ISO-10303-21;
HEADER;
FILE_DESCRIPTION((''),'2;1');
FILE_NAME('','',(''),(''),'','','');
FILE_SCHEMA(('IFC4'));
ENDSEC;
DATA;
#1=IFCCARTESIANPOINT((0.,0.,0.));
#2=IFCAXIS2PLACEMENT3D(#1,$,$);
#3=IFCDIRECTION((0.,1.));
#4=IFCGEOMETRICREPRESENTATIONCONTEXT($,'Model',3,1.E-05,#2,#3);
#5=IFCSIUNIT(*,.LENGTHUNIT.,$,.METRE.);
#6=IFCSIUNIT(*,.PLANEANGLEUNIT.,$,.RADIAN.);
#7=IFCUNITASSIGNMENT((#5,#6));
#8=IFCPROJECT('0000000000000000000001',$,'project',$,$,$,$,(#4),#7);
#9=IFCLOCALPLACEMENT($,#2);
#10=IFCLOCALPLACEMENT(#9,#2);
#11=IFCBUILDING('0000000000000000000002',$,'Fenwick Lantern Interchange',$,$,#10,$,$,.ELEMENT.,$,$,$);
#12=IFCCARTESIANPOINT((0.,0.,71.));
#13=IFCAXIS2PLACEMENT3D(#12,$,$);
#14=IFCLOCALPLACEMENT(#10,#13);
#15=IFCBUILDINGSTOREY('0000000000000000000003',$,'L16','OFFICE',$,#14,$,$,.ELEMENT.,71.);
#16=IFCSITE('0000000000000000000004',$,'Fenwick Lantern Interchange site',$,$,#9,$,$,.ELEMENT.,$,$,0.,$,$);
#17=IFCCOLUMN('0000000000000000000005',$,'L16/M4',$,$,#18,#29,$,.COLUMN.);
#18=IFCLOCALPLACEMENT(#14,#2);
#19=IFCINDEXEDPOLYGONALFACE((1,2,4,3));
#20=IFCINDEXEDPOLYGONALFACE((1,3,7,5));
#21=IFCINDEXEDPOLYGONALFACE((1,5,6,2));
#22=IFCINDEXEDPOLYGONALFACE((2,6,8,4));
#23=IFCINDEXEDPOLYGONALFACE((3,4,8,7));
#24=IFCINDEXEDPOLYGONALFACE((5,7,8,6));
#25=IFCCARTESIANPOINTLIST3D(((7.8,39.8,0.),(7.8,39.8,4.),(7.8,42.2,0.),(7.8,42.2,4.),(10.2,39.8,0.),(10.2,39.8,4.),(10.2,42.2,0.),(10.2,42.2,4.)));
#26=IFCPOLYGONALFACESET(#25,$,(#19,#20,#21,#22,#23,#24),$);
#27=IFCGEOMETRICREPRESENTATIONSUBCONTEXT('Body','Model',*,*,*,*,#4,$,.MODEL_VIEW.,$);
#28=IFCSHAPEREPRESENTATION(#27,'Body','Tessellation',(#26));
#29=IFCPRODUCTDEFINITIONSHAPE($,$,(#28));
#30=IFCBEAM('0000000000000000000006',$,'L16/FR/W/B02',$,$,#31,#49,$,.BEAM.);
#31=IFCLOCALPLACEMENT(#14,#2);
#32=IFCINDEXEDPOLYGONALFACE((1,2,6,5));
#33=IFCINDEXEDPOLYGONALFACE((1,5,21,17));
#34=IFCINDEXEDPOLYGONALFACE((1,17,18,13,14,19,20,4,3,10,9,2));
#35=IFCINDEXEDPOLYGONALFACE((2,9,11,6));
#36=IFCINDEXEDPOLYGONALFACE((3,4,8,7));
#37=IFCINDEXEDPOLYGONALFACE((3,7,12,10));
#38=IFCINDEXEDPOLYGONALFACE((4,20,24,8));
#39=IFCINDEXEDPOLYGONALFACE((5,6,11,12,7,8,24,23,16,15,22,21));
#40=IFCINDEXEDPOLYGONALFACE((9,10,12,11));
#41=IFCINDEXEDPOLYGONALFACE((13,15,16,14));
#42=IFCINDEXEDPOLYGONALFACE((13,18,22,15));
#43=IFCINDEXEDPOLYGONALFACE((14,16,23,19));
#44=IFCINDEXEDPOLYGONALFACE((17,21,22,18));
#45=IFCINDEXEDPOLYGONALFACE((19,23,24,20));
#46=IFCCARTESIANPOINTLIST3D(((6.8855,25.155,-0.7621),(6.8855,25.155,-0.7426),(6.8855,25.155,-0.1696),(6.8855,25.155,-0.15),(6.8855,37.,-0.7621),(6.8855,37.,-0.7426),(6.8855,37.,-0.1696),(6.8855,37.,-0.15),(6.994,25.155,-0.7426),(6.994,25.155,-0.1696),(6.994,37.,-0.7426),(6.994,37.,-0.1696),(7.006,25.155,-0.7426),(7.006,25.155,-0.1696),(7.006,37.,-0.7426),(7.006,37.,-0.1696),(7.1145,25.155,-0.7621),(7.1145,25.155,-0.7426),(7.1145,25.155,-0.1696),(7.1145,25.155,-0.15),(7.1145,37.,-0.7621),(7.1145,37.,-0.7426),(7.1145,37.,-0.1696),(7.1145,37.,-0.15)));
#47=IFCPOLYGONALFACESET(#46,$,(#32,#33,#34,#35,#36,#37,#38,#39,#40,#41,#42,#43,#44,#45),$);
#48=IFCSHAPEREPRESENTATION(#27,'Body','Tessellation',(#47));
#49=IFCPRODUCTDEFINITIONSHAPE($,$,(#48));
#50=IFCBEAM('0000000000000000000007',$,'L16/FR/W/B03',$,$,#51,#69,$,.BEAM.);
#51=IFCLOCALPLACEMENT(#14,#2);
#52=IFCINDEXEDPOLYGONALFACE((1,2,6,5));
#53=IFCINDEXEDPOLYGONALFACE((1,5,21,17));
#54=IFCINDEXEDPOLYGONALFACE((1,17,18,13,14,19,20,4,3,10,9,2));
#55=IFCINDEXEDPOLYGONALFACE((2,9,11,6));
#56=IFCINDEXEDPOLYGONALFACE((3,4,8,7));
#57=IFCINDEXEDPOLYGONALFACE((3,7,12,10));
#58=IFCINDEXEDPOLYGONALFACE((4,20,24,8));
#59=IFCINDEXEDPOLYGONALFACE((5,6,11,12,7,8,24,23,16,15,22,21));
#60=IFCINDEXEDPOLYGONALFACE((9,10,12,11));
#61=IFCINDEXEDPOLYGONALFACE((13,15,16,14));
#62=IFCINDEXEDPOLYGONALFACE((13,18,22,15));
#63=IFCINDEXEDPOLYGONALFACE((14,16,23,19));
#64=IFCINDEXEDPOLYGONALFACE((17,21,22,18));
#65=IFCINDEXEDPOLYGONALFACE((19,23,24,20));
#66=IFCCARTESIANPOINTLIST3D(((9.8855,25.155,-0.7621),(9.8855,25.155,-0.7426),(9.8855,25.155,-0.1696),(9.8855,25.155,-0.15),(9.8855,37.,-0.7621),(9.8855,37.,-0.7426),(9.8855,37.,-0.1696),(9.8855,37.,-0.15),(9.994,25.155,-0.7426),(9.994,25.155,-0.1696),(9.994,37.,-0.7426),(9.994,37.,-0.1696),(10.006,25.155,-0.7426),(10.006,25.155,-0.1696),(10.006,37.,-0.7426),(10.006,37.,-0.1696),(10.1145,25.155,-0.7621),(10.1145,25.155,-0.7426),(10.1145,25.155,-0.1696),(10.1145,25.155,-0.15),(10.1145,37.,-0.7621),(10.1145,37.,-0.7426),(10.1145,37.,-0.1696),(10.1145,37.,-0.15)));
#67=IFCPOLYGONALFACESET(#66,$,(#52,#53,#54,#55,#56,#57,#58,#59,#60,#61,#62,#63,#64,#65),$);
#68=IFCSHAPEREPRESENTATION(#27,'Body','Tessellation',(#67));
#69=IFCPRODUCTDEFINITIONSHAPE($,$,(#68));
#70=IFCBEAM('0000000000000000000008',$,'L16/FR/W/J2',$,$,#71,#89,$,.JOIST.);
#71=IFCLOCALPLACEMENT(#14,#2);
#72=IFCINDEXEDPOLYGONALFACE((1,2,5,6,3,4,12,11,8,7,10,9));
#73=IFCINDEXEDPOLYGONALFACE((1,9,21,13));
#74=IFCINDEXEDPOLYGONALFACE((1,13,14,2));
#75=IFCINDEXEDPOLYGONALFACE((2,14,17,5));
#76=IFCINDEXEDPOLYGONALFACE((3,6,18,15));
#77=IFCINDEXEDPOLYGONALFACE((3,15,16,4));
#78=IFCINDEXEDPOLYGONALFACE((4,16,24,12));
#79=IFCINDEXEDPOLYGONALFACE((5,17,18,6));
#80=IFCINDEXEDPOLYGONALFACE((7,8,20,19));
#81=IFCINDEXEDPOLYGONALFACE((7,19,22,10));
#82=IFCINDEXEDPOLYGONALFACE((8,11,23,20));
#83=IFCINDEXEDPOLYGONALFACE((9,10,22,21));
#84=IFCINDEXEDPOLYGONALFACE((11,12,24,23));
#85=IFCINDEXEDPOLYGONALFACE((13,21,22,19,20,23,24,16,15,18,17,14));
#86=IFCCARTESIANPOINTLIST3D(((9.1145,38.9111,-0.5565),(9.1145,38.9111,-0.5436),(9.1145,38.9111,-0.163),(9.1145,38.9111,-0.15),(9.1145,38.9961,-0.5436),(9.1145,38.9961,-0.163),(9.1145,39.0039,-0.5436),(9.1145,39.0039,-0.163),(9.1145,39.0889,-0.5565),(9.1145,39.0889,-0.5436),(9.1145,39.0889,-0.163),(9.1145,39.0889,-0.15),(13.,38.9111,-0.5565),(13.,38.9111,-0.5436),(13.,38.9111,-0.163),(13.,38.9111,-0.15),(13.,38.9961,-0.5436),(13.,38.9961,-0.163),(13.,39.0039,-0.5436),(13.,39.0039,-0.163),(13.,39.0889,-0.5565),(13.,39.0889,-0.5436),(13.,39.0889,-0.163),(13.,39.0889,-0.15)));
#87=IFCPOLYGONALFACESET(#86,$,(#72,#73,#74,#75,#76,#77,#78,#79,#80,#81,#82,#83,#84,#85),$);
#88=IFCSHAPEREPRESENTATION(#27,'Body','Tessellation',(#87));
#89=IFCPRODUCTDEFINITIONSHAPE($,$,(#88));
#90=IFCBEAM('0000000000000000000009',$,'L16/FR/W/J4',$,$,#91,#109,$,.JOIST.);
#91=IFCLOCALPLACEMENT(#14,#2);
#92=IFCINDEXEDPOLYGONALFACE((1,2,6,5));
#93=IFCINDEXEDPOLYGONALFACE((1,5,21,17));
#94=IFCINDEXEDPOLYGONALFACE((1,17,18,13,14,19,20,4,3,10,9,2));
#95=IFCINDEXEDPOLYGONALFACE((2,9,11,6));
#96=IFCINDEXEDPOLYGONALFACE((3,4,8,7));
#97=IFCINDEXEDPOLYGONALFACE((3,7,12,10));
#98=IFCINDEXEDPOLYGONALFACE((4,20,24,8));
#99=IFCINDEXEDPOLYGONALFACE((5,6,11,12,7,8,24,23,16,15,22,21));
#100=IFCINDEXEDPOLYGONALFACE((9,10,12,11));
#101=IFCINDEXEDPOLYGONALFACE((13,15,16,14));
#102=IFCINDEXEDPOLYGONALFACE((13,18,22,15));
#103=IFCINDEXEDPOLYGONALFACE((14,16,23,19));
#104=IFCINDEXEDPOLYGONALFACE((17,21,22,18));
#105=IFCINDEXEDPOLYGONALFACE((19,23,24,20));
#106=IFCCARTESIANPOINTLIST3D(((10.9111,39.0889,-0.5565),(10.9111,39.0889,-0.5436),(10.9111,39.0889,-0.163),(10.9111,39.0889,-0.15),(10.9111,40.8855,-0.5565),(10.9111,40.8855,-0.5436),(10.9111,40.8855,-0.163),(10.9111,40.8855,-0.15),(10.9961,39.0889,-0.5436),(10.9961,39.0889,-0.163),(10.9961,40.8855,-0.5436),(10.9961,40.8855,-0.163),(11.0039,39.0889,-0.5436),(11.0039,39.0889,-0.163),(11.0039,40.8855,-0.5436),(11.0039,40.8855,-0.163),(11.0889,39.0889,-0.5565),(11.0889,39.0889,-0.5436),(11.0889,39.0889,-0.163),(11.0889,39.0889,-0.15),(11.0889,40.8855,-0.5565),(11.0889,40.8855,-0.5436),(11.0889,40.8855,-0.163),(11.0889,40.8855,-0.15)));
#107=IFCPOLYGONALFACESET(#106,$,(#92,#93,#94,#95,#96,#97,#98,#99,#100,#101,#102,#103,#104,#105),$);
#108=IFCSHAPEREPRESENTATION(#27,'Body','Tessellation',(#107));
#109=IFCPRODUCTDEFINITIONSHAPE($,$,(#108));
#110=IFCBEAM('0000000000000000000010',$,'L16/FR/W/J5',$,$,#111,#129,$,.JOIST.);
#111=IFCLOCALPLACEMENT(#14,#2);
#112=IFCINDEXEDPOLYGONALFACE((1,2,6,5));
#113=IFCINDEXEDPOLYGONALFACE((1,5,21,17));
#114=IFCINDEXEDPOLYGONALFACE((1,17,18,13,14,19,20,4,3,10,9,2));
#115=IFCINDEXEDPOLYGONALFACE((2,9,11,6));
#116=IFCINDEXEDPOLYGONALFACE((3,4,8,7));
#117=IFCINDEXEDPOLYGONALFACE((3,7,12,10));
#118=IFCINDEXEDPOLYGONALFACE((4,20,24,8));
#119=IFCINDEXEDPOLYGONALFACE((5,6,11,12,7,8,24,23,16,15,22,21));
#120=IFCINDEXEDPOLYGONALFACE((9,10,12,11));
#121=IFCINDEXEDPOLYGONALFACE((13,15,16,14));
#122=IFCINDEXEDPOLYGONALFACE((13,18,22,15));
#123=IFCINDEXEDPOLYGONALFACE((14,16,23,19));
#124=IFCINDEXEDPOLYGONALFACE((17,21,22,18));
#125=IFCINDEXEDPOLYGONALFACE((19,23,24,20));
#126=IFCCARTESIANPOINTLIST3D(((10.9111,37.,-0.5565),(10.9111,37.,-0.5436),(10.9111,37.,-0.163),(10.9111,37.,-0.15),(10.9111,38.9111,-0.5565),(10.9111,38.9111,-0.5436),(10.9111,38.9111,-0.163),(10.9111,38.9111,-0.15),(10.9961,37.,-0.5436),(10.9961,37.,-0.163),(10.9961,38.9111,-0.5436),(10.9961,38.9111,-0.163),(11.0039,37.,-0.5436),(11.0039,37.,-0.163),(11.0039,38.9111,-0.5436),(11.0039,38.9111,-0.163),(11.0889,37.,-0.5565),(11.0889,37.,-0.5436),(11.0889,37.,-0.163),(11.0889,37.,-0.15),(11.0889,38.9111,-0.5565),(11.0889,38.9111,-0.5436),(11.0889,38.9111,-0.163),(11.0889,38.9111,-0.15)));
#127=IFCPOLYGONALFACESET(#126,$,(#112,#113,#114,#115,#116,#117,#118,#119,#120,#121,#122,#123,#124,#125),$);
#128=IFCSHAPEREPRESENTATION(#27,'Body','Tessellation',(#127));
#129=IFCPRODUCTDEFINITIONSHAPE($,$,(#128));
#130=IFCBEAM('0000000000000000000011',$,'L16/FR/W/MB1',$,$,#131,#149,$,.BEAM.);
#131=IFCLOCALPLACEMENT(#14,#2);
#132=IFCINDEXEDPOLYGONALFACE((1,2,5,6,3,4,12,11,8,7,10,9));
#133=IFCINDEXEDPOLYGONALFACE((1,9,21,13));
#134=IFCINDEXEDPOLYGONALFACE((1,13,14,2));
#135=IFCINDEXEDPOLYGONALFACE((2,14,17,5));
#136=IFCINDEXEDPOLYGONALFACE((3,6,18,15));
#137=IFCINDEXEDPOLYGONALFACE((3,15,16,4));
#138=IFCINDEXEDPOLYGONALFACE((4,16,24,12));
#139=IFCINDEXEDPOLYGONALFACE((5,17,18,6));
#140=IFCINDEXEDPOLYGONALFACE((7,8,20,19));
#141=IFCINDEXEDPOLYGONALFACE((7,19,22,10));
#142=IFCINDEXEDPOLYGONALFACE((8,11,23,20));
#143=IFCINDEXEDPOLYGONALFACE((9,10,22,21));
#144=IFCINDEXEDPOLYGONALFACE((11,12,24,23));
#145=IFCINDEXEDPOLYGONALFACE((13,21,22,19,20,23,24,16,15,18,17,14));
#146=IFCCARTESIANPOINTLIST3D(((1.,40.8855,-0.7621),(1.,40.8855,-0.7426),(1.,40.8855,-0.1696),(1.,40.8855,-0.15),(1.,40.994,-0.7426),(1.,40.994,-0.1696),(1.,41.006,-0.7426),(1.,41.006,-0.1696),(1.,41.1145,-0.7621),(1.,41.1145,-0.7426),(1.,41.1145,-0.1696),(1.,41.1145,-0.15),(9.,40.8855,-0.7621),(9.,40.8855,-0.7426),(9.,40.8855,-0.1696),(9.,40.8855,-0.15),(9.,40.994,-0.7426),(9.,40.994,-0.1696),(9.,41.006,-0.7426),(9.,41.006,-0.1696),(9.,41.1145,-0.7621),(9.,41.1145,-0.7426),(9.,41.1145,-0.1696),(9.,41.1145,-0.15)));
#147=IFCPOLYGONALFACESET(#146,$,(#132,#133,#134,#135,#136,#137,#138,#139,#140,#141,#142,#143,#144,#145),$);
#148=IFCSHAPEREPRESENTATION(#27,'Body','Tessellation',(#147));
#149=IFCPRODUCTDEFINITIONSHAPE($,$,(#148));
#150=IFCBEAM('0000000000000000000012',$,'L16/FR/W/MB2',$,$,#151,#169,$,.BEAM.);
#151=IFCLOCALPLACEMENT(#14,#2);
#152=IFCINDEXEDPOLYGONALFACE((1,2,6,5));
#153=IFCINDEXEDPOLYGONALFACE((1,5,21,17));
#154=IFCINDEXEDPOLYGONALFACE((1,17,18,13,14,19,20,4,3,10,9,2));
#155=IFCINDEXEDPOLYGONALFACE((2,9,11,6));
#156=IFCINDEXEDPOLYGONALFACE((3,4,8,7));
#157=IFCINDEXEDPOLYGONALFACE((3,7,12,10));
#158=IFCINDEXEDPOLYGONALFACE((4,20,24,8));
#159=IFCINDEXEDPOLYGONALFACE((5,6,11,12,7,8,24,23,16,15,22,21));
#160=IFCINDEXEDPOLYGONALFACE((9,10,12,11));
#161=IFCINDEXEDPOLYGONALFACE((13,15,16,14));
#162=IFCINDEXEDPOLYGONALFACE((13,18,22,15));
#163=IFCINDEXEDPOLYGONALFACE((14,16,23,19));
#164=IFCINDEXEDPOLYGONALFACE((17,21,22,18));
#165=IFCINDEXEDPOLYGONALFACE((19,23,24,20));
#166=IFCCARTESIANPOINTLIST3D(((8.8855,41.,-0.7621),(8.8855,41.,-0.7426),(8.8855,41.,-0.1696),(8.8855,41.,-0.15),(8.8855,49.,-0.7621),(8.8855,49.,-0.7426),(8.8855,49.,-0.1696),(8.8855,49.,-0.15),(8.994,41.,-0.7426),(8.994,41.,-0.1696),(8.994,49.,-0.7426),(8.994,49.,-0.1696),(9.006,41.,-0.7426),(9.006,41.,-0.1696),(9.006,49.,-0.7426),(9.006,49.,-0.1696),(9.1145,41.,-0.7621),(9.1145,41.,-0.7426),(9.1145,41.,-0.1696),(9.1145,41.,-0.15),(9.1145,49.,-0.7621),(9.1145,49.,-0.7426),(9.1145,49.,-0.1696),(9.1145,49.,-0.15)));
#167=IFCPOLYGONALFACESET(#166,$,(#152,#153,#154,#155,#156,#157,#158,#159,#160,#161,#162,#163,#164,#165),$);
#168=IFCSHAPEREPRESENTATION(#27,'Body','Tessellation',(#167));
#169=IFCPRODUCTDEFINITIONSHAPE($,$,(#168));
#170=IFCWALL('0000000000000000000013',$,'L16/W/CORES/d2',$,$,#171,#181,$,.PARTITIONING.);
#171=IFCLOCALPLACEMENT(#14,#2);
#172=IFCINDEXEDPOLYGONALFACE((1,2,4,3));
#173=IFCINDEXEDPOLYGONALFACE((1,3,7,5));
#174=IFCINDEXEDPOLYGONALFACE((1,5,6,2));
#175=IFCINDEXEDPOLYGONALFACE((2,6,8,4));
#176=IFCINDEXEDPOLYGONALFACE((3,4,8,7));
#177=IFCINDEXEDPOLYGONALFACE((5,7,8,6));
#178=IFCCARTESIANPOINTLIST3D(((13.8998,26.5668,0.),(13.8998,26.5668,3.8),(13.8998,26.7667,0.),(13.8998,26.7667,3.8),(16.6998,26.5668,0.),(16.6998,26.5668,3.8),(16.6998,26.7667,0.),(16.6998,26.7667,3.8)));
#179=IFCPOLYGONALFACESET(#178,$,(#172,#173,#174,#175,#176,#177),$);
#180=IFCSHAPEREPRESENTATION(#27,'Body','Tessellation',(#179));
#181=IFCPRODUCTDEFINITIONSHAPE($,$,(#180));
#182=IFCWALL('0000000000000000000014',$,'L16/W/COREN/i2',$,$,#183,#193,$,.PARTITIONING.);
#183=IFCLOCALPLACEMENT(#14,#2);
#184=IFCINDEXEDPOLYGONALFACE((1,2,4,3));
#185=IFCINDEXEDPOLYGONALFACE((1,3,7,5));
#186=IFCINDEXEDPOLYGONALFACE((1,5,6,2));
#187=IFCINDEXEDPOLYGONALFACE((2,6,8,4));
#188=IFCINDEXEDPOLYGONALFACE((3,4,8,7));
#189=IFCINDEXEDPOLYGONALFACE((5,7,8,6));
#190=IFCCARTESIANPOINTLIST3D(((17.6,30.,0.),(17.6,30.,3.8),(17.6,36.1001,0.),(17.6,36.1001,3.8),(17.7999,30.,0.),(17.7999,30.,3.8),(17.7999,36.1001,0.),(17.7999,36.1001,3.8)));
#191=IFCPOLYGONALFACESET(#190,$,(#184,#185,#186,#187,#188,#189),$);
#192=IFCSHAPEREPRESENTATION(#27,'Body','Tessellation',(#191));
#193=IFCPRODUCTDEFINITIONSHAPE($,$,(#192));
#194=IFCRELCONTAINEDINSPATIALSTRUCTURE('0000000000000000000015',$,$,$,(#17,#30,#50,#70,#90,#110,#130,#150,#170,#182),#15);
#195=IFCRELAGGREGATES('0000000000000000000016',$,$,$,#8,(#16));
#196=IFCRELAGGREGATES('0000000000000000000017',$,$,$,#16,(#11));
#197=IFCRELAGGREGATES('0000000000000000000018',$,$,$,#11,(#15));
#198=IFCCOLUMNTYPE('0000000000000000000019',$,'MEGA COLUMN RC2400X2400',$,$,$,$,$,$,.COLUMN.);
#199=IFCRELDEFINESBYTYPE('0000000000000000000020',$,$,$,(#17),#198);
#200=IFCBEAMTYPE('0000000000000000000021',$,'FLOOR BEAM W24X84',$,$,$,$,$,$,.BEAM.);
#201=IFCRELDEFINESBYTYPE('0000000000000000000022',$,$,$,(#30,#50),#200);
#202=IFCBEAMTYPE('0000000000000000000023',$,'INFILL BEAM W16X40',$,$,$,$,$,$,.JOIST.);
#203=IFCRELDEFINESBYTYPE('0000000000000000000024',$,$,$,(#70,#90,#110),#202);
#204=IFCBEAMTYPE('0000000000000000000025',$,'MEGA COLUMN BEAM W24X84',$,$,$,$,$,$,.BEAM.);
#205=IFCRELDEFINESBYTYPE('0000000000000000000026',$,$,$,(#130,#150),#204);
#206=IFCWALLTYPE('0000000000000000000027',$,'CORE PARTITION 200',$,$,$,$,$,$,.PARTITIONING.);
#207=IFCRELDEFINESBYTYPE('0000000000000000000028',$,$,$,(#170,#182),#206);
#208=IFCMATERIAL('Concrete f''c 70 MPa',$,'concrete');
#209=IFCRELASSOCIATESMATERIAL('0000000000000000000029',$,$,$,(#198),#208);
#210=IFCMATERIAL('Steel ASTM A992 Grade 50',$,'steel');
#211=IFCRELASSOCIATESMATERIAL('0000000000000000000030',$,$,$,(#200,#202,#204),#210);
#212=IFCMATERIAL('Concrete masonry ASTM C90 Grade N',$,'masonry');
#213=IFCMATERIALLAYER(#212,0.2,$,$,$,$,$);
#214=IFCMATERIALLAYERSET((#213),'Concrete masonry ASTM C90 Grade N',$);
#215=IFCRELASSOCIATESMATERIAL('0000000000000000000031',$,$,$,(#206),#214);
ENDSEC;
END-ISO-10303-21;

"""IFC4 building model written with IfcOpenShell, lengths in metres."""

from ifc_helpers import new_model, si_unit, direction, frame, frame_2d, origin, origin_2d, place, context, subcontext, project, spatial, rectangle, i_section, extrude, material, layer, layer_set, material_profile, profile_set, type_object, element, save


model = new_model("IFC4")

# Units and contexts
model_context = context("Model", 3, precision=1e-05, world=origin(), true_north=direction((0.0, 1.0)))
body_context = subcontext(model_context, "Body", "Model", "MODEL_VIEW")
ifc_project = project(units=[si_unit("LENGTHUNIT", "METRE"), si_unit("PLANEANGLEUNIT", "RADIAN")], contexts=[model_context])

# Site, building, storey
site_placement = place(None, origin())
site = spatial("IfcSite", under=ifc_project, at=site_placement, Name="Fenwick Lantern Interchange site", CompositionType="ELEMENT", RefElevation=0.0)
building_placement = place(site_placement, origin())
building = spatial("IfcBuilding", under=site, at=building_placement, Name="Fenwick Lantern Interchange", CompositionType="ELEMENT")
storey_placement = place(building_placement, frame((0.0, 0.0, 71.0)))
storey = spatial("IfcBuildingStorey", under=building, at=storey_placement, Name="L16", Description="OFFICE", CompositionType="ELEMENT", Elevation=71.0)

# Column
ifc_material_1 = material(Name="Concrete f'c 70 MPa", Category="concrete")
ifc_material_profile_1 = material_profile(ifc_material_1, rectangle(XDim=2.3999, YDim=2.3999, at=origin_2d()), Name="RC2400X2400")
ifc_profile_set_1 = profile_set([ifc_material_profile_1], Name="Concrete f'c 70 MPa")
column_type = type_object("IfcColumnType", Name="MEGA COLUMN RC2400X2400", PredefinedType="COLUMN", material=ifc_profile_set_1)
column_placement = place(storey_placement, frame((9.0, 41.0, 0.0), z_axis=(0.0, 0.0, 1.0), x_axis=(1.0, 0.0, 0.0)))
element("IfcColumn", 1, at=column_placement, inside=storey, type_object=column_type, Name="L16/M4", PredefinedType="COLUMN", context=body_context, shape_type="SweptSolid", body=[
    extrude(rectangle(XDim=2.3999, YDim=2.3999, at=origin_2d()), origin(), (0.0, 0.0, 1.0), 4.0),
])

# Beams
ifc_material_2 = material(Name="Steel ASTM A992 Grade 50", Category="steel")
ifc_material_profile_2 = material_profile(ifc_material_2, i_section(OverallWidth=0.229, OverallDepth=0.6121, WebThickness=0.012, FlangeThickness=0.0195, at=origin_2d()), Name="W24X84")
ifc_profile_set_2 = profile_set([ifc_material_profile_2], Name="Steel ASTM A992 Grade 50")
beam_type_1 = type_object("IfcBeamType", Name="FLOOR BEAM W24X84", PredefinedType="BEAM", material=ifc_profile_set_2)
for number, where, z_axis, x_axis, name in (
    (2, (7.0, 37.0, -0.4561), (0.0, -1.0, 0.0), (1.0, 0.0, 0.0), "L16/FR/W/B02"),
    (3, (10.0, 37.0, -0.4561), (0.0, -1.0, 0.0), (1.0, 0.0, 0.0), "L16/FR/W/B03"),
):
    element("IfcBeam", number, at=place(storey_placement, frame(where, z_axis=z_axis, x_axis=x_axis)), inside=storey, type_object=beam_type_1, Name=name, PredefinedType="BEAM", context=body_context, shape_type="SweptSolid", body=[
        extrude(i_section(OverallWidth=0.229, OverallDepth=0.6121, WebThickness=0.012, FlangeThickness=0.0195, at=origin_2d()), origin(), (0.0, 0.0, 1.0), 11.845),
    ])
ifc_material_profile_3 = material_profile(ifc_material_2, i_section(OverallWidth=0.1777, OverallDepth=0.4065, WebThickness=0.0078, FlangeThickness=0.0129, at=origin_2d()), Name="W16X40")
ifc_profile_set_3 = profile_set([ifc_material_profile_3], Name="Steel ASTM A992 Grade 50")
beam_type_2 = type_object("IfcBeamType", Name="INFILL BEAM W16X40", PredefinedType="JOIST", material=ifc_profile_set_3)
beam_1_placement = place(storey_placement, frame((9.1145, 39.0, -0.3533), z_axis=(1.0, 0.0, 0.0), x_axis=(0.0, 1.0, 0.0)))
element("IfcBeam", 4, at=beam_1_placement, inside=storey, type_object=beam_type_2, Name="L16/FR/W/J2", PredefinedType="JOIST", context=body_context, shape_type="SweptSolid", body=[
    extrude(i_section(OverallWidth=0.1777, OverallDepth=0.4065, WebThickness=0.0078, FlangeThickness=0.0129, at=origin_2d()), origin(), (0.0, 0.0, 1.0), 3.8855),
])
beam_2_placement = place(storey_placement, frame((11.0, 40.8855, -0.3533), z_axis=(0.0, -1.0, 0.0), x_axis=(1.0, 0.0, 0.0)))
element("IfcBeam", 5, at=beam_2_placement, inside=storey, type_object=beam_type_2, Name="L16/FR/W/J4", PredefinedType="JOIST", context=body_context, shape_type="SweptSolid", body=[
    extrude(i_section(OverallWidth=0.1777, OverallDepth=0.4065, WebThickness=0.0078, FlangeThickness=0.0129, at=origin_2d()), origin(), (0.0, 0.0, 1.0), 1.7966),
])
beam_3_placement = place(storey_placement, frame((11.0, 38.9111, -0.3533), z_axis=(0.0, -1.0, 0.0), x_axis=(1.0, 0.0, 0.0)))
element("IfcBeam", 6, at=beam_3_placement, inside=storey, type_object=beam_type_2, Name="L16/FR/W/J5", PredefinedType="JOIST", context=body_context, shape_type="SweptSolid", body=[
    extrude(i_section(OverallWidth=0.1777, OverallDepth=0.4065, WebThickness=0.0078, FlangeThickness=0.0129, at=origin_2d()), origin(), (0.0, 0.0, 1.0), 1.9111),
])
ifc_material_profile_4 = material_profile(ifc_material_2, i_section(OverallWidth=0.229, OverallDepth=0.6121, WebThickness=0.012, FlangeThickness=0.0195, at=origin_2d()), Name="W24X84")
ifc_profile_set_4 = profile_set([ifc_material_profile_4], Name="Steel ASTM A992 Grade 50")
beam_type_3 = type_object("IfcBeamType", Name="MEGA COLUMN BEAM W24X84", PredefinedType="BEAM", material=ifc_profile_set_4)
for number, where, z_axis, x_axis, name in (
    (7, (9.0, 41.0, -0.4561), (-1.0, 0.0, 0.0), (0.0, -1.0, 0.0), "L16/FR/W/MB1"),
    (8, (9.0, 41.0, -0.4561), (0.0, 1.0, 0.0), (-1.0, 0.0, 0.0), "L16/FR/W/MB2"),
):
    element("IfcBeam", number, at=place(storey_placement, frame(where, z_axis=z_axis, x_axis=x_axis)), inside=storey, type_object=beam_type_3, Name=name, PredefinedType="BEAM", context=body_context, shape_type="SweptSolid", body=[
        extrude(i_section(OverallWidth=0.229, OverallDepth=0.6121, WebThickness=0.012, FlangeThickness=0.0195, at=origin_2d()), origin(), (0.0, 0.0, 1.0), 8.0),
    ])

# Walls
ifc_material_3 = material(Name="Concrete masonry ASTM C90 Grade N", Category="masonry")
ifc_layer_1 = layer(ifc_material_3, 0.2)
ifc_layer_set_1 = layer_set([ifc_layer_1], Name="Concrete masonry ASTM C90 Grade N")
wall_type_1 = type_object("IfcWallType", Name="CORE PARTITION 200", PredefinedType="PARTITIONING", material=ifc_layer_set_1)
wall_1_placement = place(storey_placement, frame((13.8999, 26.6667, 0.0), z_axis=(0.0, 0.0, 1.0), x_axis=(1.0, 0.0, 0.0)))
element("IfcWall", 9, at=wall_1_placement, inside=storey, type_object=wall_type_1, Name="L16/W/CORES/d2", PredefinedType="PARTITIONING", context=body_context, shape_type="SweptSolid", body=[
    extrude(rectangle(XDim=2.8, YDim=0.2, at=frame_2d((1.3999, 0.0))), origin(), (0.0, 0.0, 1.0), 3.8),
])
wall_2_placement = place(storey_placement, frame((17.7, 36.1001, 0.0), z_axis=(0.0, 0.0, 1.0), x_axis=(0.0, -1.0, 0.0)))
element("IfcWall", 10, at=wall_2_placement, inside=storey, type_object=wall_type_1, Name="L16/W/COREN/i2", PredefinedType="PARTITIONING", context=body_context, shape_type="SweptSolid", body=[
    extrude(rectangle(XDim=6.1001, YDim=0.2, at=frame_2d((3.05, 0.0))), origin(), (0.0, 0.0, 1.0), 3.8),
])

save(model, "model.ifc")
